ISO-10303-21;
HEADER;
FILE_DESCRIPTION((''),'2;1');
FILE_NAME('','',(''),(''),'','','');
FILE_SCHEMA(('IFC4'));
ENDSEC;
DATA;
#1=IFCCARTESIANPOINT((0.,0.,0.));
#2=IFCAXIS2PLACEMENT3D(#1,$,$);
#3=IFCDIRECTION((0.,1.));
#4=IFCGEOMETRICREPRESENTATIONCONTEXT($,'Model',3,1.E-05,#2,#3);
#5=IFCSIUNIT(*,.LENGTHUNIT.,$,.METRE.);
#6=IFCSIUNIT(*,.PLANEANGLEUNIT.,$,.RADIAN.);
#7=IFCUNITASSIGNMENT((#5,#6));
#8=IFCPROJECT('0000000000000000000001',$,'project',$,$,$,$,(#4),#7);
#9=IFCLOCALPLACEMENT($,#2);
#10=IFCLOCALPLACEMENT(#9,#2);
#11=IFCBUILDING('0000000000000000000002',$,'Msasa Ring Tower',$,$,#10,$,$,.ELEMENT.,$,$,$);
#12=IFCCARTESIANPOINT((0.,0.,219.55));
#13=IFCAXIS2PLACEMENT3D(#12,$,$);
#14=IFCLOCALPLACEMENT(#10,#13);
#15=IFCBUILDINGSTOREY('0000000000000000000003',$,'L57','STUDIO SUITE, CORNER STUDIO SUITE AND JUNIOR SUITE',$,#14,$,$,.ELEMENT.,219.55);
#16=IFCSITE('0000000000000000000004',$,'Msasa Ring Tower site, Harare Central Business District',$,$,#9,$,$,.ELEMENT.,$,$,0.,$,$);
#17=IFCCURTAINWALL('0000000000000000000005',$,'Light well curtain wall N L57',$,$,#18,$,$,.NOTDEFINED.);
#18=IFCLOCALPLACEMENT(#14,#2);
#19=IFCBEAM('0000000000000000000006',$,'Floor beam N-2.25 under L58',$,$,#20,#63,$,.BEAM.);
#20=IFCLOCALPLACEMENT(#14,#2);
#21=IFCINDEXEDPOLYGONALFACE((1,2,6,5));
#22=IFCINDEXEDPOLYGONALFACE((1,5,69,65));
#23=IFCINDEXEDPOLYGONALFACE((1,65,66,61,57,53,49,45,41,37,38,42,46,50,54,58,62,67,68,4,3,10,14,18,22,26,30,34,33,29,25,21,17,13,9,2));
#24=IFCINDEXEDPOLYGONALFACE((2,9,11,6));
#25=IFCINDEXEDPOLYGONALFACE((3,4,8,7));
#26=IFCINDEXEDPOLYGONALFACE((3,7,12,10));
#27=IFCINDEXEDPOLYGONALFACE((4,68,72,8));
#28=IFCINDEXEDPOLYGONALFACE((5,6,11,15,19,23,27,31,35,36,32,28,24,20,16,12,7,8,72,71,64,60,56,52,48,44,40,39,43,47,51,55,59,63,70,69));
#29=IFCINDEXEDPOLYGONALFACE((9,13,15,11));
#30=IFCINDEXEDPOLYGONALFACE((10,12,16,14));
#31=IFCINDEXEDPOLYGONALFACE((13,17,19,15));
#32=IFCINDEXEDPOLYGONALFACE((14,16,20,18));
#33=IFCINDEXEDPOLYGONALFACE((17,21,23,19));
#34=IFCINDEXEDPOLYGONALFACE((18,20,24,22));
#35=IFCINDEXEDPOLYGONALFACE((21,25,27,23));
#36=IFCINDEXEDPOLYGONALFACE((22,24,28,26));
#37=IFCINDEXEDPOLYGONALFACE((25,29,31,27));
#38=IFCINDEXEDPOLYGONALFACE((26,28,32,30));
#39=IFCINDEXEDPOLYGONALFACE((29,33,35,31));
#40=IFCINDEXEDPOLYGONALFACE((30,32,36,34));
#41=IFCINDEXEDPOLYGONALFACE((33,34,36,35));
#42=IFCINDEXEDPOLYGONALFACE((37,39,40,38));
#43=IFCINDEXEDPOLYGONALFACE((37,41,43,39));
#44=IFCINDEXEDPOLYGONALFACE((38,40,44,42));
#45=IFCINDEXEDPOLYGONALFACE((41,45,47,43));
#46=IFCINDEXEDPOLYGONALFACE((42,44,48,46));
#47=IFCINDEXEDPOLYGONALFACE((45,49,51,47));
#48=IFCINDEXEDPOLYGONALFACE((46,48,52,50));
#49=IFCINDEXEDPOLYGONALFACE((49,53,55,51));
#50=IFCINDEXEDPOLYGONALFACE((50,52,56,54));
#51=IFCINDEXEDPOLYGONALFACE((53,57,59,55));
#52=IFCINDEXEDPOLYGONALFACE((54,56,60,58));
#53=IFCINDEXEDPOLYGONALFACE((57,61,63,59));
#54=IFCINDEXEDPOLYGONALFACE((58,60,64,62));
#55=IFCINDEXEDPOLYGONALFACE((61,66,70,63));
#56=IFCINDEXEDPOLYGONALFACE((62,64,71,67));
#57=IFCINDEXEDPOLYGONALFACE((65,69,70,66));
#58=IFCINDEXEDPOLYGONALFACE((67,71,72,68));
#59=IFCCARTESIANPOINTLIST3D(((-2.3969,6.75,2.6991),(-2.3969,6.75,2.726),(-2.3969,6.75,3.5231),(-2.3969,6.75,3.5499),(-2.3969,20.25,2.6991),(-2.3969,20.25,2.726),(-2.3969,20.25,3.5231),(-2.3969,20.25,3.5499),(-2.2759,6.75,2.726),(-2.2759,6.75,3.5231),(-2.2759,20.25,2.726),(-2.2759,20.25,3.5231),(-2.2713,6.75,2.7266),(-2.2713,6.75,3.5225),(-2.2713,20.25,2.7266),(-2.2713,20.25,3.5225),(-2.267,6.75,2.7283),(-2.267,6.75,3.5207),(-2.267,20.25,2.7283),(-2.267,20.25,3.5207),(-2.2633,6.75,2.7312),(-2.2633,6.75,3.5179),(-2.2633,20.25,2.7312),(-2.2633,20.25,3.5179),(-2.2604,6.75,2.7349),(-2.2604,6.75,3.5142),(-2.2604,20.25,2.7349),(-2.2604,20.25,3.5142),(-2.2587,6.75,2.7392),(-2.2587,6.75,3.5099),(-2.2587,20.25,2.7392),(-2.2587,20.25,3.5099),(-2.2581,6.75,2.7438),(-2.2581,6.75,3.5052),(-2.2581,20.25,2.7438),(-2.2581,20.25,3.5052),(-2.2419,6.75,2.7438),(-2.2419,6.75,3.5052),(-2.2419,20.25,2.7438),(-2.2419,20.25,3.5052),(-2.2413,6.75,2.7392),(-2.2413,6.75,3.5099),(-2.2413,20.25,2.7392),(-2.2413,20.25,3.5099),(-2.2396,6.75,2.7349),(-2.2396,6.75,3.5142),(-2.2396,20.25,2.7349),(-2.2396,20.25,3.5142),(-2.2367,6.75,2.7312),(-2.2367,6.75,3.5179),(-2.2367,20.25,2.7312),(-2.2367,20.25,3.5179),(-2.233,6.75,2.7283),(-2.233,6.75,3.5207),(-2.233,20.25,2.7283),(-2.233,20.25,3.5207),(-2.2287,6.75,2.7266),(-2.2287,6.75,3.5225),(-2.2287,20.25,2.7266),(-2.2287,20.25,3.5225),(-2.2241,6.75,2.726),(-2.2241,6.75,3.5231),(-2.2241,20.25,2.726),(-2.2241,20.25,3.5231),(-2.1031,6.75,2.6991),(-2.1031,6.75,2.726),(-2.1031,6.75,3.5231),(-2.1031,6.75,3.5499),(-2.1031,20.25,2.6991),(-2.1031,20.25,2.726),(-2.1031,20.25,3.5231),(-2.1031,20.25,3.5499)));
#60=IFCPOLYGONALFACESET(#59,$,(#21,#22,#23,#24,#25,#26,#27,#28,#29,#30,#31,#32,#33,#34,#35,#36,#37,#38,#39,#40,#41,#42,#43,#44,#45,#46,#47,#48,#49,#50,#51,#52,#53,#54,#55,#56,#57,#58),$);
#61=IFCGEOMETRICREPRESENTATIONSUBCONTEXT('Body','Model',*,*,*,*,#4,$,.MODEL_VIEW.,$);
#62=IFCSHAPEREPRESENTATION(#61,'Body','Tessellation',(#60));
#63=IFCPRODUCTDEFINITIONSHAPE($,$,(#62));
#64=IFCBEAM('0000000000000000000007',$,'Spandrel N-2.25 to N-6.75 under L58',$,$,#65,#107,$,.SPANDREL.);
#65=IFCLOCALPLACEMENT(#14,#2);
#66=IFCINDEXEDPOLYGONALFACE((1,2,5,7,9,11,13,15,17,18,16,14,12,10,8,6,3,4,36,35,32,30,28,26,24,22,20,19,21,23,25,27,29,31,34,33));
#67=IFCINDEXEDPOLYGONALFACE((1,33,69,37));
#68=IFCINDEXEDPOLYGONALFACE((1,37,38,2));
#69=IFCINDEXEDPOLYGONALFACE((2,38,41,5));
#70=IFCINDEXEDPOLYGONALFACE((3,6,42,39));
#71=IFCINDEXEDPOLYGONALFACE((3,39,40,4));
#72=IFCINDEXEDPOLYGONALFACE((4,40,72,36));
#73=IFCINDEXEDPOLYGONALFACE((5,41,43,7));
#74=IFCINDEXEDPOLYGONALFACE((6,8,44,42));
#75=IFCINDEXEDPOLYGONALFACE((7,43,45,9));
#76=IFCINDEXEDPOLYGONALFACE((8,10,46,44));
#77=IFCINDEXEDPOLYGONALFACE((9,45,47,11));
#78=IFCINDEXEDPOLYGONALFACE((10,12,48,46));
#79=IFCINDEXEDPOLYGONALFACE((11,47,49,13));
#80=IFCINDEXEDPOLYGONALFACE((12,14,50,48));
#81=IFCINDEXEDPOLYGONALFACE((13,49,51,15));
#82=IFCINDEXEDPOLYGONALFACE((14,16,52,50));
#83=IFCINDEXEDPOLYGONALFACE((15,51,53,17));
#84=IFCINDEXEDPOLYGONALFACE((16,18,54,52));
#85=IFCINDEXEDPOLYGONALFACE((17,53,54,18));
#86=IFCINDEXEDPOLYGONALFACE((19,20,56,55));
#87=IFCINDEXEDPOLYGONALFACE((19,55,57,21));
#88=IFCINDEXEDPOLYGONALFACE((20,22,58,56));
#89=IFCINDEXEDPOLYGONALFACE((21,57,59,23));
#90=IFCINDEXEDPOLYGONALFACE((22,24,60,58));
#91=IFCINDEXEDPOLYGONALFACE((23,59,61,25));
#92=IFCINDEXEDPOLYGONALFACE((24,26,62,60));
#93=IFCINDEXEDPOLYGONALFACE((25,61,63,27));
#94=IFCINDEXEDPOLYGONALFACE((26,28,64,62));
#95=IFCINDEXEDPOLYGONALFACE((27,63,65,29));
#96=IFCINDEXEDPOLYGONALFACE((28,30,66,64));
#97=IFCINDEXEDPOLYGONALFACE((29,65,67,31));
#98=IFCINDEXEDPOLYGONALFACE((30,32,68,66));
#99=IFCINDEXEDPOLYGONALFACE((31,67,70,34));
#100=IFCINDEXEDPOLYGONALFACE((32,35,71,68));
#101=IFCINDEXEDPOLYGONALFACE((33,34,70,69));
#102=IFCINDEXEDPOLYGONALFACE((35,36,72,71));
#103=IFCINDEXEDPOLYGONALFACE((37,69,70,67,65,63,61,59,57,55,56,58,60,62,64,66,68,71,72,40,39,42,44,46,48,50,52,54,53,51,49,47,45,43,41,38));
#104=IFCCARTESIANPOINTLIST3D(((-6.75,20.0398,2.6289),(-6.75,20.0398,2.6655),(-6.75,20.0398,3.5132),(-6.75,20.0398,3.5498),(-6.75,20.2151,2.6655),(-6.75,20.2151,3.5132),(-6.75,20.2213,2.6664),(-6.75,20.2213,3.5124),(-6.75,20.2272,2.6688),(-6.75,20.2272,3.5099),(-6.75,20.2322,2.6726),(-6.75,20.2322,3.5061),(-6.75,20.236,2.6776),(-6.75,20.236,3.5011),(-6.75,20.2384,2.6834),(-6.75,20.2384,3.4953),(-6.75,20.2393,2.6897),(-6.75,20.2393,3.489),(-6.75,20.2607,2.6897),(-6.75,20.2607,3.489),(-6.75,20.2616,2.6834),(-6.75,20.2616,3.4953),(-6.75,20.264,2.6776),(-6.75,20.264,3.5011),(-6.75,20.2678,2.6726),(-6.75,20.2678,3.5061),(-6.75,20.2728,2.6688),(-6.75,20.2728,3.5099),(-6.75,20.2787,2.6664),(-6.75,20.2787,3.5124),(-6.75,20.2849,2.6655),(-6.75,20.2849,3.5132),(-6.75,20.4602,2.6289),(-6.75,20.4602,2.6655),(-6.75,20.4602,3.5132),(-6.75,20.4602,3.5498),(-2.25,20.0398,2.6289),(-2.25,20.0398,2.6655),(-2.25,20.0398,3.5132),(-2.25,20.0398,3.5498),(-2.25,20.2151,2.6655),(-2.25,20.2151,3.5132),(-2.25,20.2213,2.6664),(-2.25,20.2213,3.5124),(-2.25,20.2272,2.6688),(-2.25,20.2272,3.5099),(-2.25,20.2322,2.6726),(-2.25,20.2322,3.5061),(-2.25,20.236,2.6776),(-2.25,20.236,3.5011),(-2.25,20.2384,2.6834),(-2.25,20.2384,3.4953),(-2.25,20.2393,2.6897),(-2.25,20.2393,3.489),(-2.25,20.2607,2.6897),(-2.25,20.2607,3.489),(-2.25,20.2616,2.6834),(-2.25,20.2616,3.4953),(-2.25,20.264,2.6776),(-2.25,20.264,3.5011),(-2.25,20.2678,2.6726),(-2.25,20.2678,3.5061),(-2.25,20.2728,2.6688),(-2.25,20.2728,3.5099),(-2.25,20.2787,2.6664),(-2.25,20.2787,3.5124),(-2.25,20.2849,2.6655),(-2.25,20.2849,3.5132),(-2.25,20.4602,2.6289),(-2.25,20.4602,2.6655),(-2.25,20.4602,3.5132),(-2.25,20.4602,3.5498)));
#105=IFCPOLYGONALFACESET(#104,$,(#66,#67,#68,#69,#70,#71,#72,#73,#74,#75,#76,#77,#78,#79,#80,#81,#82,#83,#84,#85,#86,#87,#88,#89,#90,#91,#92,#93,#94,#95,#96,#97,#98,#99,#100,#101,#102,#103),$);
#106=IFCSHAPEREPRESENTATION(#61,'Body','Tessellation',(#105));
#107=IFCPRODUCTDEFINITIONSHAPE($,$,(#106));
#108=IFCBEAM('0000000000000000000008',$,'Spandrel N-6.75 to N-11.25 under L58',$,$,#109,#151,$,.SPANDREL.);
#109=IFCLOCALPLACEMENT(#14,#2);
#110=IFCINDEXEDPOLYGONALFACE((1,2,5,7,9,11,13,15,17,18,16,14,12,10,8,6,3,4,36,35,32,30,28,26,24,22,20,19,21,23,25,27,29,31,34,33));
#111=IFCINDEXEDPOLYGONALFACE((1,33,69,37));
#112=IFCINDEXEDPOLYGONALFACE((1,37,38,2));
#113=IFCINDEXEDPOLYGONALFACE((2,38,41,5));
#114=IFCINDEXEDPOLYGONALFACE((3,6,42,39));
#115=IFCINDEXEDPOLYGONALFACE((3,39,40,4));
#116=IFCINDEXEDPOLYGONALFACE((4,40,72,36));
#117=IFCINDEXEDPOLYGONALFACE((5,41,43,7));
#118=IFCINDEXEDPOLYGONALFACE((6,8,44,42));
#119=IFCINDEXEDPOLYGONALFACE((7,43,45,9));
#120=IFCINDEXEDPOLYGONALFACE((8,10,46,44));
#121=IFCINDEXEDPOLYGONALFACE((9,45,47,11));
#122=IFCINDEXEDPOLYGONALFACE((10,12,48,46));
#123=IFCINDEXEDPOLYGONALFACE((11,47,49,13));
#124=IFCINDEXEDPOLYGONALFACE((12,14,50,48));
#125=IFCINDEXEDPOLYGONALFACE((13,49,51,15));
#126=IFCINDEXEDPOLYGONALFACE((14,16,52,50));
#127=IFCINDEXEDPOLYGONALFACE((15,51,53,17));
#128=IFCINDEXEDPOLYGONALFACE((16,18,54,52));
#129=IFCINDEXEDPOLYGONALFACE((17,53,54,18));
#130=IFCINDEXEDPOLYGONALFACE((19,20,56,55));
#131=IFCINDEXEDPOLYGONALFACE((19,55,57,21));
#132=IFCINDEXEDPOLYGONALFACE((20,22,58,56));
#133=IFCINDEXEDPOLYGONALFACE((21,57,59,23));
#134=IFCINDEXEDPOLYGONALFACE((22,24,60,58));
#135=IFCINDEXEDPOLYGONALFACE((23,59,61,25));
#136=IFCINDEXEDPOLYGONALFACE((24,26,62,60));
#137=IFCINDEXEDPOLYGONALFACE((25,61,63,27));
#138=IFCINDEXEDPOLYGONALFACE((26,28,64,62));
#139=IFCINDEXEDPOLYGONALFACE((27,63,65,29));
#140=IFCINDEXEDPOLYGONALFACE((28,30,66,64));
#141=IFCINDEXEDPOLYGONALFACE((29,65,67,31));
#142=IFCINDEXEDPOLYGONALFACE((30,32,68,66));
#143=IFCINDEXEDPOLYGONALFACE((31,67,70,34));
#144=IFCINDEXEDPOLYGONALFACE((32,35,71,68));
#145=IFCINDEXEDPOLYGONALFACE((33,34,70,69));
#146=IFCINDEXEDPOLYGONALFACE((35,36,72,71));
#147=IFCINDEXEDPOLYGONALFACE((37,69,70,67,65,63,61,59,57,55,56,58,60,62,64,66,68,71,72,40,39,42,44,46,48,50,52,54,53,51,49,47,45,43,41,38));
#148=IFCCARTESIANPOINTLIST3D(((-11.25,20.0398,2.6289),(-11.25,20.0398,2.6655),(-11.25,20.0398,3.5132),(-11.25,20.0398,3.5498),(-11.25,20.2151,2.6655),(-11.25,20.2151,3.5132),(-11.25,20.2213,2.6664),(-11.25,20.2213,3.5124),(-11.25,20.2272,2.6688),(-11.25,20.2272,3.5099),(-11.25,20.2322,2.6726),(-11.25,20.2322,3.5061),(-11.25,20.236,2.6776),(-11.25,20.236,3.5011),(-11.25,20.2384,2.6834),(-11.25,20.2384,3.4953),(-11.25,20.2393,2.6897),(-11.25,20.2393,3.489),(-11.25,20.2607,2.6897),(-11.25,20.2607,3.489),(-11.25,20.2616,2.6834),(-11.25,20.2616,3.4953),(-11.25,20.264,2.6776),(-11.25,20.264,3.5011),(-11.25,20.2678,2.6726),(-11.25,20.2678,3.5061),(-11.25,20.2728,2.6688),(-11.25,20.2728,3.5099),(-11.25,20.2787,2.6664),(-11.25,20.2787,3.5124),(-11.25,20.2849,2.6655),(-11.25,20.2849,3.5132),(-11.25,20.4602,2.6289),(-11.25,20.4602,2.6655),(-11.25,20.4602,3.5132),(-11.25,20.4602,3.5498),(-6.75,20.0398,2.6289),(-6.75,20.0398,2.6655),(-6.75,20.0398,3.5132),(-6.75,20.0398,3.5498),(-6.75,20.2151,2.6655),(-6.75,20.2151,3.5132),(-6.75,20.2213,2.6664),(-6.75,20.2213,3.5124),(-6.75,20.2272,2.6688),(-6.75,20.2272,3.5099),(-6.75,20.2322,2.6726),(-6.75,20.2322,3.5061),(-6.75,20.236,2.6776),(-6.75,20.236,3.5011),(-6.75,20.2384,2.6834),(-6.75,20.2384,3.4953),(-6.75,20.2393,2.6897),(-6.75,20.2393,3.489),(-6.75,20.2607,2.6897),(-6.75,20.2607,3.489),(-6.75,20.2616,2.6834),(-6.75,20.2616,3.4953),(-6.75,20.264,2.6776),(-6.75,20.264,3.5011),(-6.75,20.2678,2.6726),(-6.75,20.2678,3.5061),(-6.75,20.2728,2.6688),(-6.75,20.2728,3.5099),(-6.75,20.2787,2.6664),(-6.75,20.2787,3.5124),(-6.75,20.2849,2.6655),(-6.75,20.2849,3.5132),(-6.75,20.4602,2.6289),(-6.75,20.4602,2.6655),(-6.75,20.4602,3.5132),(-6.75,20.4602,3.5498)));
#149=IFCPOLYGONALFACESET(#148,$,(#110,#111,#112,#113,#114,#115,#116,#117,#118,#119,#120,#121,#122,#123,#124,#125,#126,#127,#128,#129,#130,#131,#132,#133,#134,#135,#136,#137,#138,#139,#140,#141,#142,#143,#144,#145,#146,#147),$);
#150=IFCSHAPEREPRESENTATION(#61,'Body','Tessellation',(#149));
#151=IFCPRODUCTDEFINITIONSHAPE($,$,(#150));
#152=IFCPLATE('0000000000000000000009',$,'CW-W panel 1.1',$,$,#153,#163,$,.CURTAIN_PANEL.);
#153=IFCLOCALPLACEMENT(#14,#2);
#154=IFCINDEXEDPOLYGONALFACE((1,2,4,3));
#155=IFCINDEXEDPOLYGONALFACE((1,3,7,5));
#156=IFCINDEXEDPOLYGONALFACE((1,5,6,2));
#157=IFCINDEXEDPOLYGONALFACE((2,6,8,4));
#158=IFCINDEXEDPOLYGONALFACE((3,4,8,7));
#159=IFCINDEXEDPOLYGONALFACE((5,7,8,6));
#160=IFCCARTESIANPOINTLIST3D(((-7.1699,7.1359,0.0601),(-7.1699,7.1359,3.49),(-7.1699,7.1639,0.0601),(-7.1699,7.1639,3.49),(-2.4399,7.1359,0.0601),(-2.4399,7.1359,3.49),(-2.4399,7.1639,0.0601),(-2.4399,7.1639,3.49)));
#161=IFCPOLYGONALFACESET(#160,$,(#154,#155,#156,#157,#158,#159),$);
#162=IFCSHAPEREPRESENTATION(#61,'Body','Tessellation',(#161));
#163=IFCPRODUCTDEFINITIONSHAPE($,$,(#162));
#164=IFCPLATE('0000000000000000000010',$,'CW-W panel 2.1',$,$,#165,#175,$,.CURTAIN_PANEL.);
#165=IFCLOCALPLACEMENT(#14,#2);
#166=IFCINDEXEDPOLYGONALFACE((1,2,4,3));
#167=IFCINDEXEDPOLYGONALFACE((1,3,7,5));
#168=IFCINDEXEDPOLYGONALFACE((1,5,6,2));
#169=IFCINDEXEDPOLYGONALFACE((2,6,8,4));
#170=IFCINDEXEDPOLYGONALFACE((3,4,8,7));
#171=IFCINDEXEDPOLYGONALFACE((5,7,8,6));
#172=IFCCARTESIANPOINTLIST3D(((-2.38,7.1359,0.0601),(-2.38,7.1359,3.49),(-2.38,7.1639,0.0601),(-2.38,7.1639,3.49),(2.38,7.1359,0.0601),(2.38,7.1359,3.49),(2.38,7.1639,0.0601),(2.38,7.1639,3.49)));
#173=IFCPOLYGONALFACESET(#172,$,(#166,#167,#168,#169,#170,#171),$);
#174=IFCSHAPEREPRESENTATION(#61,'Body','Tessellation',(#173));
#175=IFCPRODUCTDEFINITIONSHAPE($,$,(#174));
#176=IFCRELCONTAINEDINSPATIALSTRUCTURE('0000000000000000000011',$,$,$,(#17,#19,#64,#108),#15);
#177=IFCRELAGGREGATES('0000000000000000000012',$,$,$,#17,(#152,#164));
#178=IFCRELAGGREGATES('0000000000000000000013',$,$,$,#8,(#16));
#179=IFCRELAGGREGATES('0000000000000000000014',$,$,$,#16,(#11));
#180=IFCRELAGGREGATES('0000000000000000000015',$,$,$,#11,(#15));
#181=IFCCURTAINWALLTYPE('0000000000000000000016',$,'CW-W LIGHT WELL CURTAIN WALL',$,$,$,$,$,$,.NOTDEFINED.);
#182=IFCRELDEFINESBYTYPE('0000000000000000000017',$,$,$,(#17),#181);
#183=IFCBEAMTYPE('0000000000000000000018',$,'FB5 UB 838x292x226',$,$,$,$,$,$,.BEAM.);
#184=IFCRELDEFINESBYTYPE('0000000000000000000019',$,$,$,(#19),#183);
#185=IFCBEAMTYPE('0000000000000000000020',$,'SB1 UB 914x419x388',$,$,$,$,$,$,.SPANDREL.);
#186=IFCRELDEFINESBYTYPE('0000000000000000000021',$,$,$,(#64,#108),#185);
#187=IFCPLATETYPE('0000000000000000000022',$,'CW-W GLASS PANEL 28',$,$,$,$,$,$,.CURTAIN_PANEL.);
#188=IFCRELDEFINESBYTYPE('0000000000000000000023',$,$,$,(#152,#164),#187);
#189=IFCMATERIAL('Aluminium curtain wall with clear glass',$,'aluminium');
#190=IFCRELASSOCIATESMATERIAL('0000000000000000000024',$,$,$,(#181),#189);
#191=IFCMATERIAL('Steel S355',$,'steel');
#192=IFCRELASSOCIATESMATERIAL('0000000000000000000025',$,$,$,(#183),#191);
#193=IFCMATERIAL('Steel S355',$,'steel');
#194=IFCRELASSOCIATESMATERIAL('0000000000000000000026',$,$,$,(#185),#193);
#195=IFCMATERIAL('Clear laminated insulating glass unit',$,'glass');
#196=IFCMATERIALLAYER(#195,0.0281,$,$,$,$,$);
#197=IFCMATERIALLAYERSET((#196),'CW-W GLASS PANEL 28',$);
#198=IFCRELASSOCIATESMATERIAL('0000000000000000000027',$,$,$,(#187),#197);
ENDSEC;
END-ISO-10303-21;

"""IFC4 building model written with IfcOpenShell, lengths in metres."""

from ifc_helpers import new_model, si_unit, direction, frame, origin, origin_2d, place, context, subcontext, project, spatial, rectangle, i_section, extrude, material, layer, layer_set, material_profile, profile_set, type_object, element, aggregate, save


model = new_model("IFC4")

# Units and contexts
model_context = context("Model", 3, precision=1e-05, world=origin(), true_north=direction((0.0, 1.0)))
body_context = subcontext(model_context, "Body", "Model", "MODEL_VIEW")
ifc_project = project(units=[si_unit("LENGTHUNIT", "METRE"), si_unit("PLANEANGLEUNIT", "RADIAN")], contexts=[model_context])

# Site, building, storey
site_placement = place(None, origin())
site = spatial("IfcSite", under=ifc_project, at=site_placement, Name="Msasa Ring Tower site, Harare Central Business District", CompositionType="ELEMENT", RefElevation=0.0)
building_placement = place(site_placement, origin())
building = spatial("IfcBuilding", under=site, at=building_placement, Name="Msasa Ring Tower", CompositionType="ELEMENT")
storey_placement = place(building_placement, frame((0.0, 0.0, 219.55)))
storey = spatial("IfcBuildingStorey", under=building, at=storey_placement, Name="L57", Description="STUDIO SUITE, CORNER STUDIO SUITE AND JUNIOR SUITE", CompositionType="ELEMENT", Elevation=219.55)

# Curtain wall
ifc_material_1 = material(Name="Aluminium curtain wall with clear glass", Category="aluminium")
curtain_wall_type = type_object("IfcCurtainWallType", Name="CW-W LIGHT WELL CURTAIN WALL", PredefinedType="NOTDEFINED", material=ifc_material_1)
curtain_wall_placement = place(storey_placement, origin())
curtain_wall = element("IfcCurtainWall", 1, at=curtain_wall_placement, inside=storey, type_object=curtain_wall_type, Name="Light well curtain wall N L57", PredefinedType="NOTDEFINED")

# Beams
ifc_material_2 = material(Name="Steel S355", Category="steel")
ifc_material_profile_1 = material_profile(ifc_material_2, i_section(OverallWidth=0.2937, OverallDepth=0.8508, WebThickness=0.0161, FlangeThickness=0.0269, FilletRadius=0.0178, at=origin_2d()), Name="UB 838x292x226")
ifc_profile_set_1 = profile_set([ifc_material_profile_1], Name="Steel S355")
beam_type_1 = type_object("IfcBeamType", Name="FB5 UB 838x292x226", PredefinedType="BEAM", material=ifc_profile_set_1)
for number, where, z_axis, x_axis, name in (
    (2, (-2.25, 20.25, 3.1245), (0.0, -1.0, 0.0), (1.0, 0.0, 0.0), "Floor beam N-2.25 under L58"),
):
    element("IfcBeam", number, at=place(storey_placement, frame(where, z_axis=z_axis, x_axis=x_axis)), inside=storey, type_object=beam_type_1, Name=name, PredefinedType="BEAM", context=body_context, shape_type="SweptSolid", body=[
        extrude(i_section(OverallWidth=0.2937, OverallDepth=0.8508, WebThickness=0.0161, FlangeThickness=0.0269, FilletRadius=0.0178, at=origin_2d()), origin(), (0.0, 0.0, 1.0), 13.5),
    ])
ifc_material_3 = material(Name="Steel S355", Category="steel")
ifc_material_profile_2 = material_profile(ifc_material_3, i_section(OverallWidth=0.4204, OverallDepth=0.9209, WebThickness=0.0215, FlangeThickness=0.0366, FilletRadius=0.0242, at=origin_2d()), Name="UB 914x419x388")
ifc_profile_set_2 = profile_set([ifc_material_profile_2], Name="Steel S355")
beam_type_2 = type_object("IfcBeamType", Name="SB1 UB 914x419x388", PredefinedType="SPANDREL", material=ifc_profile_set_2)
for number, where, z_axis, x_axis, name in (
    (3, (-2.25, 20.25, 3.0894), (-1.0, 0.0, 0.0), (0.0, -1.0, 0.0), "Spandrel N-2.25 to N-6.75 under L58"),
    (4, (-6.75, 20.25, 3.0894), (-1.0, 0.0, 0.0), (0.0, -1.0, 0.0), "Spandrel N-6.75 to N-11.25 under L58"),
):
    element("IfcBeam", number, at=place(storey_placement, frame(where, z_axis=z_axis, x_axis=x_axis)), inside=storey, type_object=beam_type_2, Name=name, PredefinedType="SPANDREL", context=body_context, shape_type="SweptSolid", body=[
        extrude(i_section(OverallWidth=0.4204, OverallDepth=0.9209, WebThickness=0.0215, FlangeThickness=0.0366, FilletRadius=0.0242, at=origin_2d()), origin(), (0.0, 0.0, 1.0), 4.5),
    ])

# Plates
ifc_material_4 = material(Name="Clear laminated insulating glass unit", Category="glass")
ifc_layer_1 = layer(ifc_material_4, 0.0281)
ifc_layer_set_1 = layer_set([ifc_layer_1], Name="CW-W GLASS PANEL 28")
plate_type = type_object("IfcPlateType", Name="CW-W GLASS PANEL 28", PredefinedType="CURTAIN_PANEL", material=ifc_layer_set_1)
plate_1_placement = place(storey_placement, frame((-4.8049, 7.1499, 0.0601), z_axis=(0.0, 0.0, 1.0), x_axis=(1.0, 0.0, 0.0)))
plate_1 = element("IfcPlate", 5, at=plate_1_placement, type_object=plate_type, Name="CW-W panel 1.1", PredefinedType="CURTAIN_PANEL", context=body_context, shape_type="SweptSolid", body=[
    extrude(rectangle(XDim=4.73, YDim=0.0281, at=origin_2d()), origin(), (0.0, 0.0, 1.0), 3.4299),
])
plate_2_placement = place(storey_placement, frame((0.0, 7.1499, 0.0601), z_axis=(0.0, 0.0, 1.0), x_axis=(1.0, 0.0, 0.0)))
plate_2 = element("IfcPlate", 6, at=plate_2_placement, type_object=plate_type, Name="CW-W panel 2.1", PredefinedType="CURTAIN_PANEL", context=body_context, shape_type="SweptSolid", body=[
    extrude(rectangle(XDim=4.76, YDim=0.0281, at=origin_2d()), origin(), (0.0, 0.0, 1.0), 3.4299),
])
aggregate(curtain_wall, [plate_1, plate_2])

save(model, "model.ifc")
